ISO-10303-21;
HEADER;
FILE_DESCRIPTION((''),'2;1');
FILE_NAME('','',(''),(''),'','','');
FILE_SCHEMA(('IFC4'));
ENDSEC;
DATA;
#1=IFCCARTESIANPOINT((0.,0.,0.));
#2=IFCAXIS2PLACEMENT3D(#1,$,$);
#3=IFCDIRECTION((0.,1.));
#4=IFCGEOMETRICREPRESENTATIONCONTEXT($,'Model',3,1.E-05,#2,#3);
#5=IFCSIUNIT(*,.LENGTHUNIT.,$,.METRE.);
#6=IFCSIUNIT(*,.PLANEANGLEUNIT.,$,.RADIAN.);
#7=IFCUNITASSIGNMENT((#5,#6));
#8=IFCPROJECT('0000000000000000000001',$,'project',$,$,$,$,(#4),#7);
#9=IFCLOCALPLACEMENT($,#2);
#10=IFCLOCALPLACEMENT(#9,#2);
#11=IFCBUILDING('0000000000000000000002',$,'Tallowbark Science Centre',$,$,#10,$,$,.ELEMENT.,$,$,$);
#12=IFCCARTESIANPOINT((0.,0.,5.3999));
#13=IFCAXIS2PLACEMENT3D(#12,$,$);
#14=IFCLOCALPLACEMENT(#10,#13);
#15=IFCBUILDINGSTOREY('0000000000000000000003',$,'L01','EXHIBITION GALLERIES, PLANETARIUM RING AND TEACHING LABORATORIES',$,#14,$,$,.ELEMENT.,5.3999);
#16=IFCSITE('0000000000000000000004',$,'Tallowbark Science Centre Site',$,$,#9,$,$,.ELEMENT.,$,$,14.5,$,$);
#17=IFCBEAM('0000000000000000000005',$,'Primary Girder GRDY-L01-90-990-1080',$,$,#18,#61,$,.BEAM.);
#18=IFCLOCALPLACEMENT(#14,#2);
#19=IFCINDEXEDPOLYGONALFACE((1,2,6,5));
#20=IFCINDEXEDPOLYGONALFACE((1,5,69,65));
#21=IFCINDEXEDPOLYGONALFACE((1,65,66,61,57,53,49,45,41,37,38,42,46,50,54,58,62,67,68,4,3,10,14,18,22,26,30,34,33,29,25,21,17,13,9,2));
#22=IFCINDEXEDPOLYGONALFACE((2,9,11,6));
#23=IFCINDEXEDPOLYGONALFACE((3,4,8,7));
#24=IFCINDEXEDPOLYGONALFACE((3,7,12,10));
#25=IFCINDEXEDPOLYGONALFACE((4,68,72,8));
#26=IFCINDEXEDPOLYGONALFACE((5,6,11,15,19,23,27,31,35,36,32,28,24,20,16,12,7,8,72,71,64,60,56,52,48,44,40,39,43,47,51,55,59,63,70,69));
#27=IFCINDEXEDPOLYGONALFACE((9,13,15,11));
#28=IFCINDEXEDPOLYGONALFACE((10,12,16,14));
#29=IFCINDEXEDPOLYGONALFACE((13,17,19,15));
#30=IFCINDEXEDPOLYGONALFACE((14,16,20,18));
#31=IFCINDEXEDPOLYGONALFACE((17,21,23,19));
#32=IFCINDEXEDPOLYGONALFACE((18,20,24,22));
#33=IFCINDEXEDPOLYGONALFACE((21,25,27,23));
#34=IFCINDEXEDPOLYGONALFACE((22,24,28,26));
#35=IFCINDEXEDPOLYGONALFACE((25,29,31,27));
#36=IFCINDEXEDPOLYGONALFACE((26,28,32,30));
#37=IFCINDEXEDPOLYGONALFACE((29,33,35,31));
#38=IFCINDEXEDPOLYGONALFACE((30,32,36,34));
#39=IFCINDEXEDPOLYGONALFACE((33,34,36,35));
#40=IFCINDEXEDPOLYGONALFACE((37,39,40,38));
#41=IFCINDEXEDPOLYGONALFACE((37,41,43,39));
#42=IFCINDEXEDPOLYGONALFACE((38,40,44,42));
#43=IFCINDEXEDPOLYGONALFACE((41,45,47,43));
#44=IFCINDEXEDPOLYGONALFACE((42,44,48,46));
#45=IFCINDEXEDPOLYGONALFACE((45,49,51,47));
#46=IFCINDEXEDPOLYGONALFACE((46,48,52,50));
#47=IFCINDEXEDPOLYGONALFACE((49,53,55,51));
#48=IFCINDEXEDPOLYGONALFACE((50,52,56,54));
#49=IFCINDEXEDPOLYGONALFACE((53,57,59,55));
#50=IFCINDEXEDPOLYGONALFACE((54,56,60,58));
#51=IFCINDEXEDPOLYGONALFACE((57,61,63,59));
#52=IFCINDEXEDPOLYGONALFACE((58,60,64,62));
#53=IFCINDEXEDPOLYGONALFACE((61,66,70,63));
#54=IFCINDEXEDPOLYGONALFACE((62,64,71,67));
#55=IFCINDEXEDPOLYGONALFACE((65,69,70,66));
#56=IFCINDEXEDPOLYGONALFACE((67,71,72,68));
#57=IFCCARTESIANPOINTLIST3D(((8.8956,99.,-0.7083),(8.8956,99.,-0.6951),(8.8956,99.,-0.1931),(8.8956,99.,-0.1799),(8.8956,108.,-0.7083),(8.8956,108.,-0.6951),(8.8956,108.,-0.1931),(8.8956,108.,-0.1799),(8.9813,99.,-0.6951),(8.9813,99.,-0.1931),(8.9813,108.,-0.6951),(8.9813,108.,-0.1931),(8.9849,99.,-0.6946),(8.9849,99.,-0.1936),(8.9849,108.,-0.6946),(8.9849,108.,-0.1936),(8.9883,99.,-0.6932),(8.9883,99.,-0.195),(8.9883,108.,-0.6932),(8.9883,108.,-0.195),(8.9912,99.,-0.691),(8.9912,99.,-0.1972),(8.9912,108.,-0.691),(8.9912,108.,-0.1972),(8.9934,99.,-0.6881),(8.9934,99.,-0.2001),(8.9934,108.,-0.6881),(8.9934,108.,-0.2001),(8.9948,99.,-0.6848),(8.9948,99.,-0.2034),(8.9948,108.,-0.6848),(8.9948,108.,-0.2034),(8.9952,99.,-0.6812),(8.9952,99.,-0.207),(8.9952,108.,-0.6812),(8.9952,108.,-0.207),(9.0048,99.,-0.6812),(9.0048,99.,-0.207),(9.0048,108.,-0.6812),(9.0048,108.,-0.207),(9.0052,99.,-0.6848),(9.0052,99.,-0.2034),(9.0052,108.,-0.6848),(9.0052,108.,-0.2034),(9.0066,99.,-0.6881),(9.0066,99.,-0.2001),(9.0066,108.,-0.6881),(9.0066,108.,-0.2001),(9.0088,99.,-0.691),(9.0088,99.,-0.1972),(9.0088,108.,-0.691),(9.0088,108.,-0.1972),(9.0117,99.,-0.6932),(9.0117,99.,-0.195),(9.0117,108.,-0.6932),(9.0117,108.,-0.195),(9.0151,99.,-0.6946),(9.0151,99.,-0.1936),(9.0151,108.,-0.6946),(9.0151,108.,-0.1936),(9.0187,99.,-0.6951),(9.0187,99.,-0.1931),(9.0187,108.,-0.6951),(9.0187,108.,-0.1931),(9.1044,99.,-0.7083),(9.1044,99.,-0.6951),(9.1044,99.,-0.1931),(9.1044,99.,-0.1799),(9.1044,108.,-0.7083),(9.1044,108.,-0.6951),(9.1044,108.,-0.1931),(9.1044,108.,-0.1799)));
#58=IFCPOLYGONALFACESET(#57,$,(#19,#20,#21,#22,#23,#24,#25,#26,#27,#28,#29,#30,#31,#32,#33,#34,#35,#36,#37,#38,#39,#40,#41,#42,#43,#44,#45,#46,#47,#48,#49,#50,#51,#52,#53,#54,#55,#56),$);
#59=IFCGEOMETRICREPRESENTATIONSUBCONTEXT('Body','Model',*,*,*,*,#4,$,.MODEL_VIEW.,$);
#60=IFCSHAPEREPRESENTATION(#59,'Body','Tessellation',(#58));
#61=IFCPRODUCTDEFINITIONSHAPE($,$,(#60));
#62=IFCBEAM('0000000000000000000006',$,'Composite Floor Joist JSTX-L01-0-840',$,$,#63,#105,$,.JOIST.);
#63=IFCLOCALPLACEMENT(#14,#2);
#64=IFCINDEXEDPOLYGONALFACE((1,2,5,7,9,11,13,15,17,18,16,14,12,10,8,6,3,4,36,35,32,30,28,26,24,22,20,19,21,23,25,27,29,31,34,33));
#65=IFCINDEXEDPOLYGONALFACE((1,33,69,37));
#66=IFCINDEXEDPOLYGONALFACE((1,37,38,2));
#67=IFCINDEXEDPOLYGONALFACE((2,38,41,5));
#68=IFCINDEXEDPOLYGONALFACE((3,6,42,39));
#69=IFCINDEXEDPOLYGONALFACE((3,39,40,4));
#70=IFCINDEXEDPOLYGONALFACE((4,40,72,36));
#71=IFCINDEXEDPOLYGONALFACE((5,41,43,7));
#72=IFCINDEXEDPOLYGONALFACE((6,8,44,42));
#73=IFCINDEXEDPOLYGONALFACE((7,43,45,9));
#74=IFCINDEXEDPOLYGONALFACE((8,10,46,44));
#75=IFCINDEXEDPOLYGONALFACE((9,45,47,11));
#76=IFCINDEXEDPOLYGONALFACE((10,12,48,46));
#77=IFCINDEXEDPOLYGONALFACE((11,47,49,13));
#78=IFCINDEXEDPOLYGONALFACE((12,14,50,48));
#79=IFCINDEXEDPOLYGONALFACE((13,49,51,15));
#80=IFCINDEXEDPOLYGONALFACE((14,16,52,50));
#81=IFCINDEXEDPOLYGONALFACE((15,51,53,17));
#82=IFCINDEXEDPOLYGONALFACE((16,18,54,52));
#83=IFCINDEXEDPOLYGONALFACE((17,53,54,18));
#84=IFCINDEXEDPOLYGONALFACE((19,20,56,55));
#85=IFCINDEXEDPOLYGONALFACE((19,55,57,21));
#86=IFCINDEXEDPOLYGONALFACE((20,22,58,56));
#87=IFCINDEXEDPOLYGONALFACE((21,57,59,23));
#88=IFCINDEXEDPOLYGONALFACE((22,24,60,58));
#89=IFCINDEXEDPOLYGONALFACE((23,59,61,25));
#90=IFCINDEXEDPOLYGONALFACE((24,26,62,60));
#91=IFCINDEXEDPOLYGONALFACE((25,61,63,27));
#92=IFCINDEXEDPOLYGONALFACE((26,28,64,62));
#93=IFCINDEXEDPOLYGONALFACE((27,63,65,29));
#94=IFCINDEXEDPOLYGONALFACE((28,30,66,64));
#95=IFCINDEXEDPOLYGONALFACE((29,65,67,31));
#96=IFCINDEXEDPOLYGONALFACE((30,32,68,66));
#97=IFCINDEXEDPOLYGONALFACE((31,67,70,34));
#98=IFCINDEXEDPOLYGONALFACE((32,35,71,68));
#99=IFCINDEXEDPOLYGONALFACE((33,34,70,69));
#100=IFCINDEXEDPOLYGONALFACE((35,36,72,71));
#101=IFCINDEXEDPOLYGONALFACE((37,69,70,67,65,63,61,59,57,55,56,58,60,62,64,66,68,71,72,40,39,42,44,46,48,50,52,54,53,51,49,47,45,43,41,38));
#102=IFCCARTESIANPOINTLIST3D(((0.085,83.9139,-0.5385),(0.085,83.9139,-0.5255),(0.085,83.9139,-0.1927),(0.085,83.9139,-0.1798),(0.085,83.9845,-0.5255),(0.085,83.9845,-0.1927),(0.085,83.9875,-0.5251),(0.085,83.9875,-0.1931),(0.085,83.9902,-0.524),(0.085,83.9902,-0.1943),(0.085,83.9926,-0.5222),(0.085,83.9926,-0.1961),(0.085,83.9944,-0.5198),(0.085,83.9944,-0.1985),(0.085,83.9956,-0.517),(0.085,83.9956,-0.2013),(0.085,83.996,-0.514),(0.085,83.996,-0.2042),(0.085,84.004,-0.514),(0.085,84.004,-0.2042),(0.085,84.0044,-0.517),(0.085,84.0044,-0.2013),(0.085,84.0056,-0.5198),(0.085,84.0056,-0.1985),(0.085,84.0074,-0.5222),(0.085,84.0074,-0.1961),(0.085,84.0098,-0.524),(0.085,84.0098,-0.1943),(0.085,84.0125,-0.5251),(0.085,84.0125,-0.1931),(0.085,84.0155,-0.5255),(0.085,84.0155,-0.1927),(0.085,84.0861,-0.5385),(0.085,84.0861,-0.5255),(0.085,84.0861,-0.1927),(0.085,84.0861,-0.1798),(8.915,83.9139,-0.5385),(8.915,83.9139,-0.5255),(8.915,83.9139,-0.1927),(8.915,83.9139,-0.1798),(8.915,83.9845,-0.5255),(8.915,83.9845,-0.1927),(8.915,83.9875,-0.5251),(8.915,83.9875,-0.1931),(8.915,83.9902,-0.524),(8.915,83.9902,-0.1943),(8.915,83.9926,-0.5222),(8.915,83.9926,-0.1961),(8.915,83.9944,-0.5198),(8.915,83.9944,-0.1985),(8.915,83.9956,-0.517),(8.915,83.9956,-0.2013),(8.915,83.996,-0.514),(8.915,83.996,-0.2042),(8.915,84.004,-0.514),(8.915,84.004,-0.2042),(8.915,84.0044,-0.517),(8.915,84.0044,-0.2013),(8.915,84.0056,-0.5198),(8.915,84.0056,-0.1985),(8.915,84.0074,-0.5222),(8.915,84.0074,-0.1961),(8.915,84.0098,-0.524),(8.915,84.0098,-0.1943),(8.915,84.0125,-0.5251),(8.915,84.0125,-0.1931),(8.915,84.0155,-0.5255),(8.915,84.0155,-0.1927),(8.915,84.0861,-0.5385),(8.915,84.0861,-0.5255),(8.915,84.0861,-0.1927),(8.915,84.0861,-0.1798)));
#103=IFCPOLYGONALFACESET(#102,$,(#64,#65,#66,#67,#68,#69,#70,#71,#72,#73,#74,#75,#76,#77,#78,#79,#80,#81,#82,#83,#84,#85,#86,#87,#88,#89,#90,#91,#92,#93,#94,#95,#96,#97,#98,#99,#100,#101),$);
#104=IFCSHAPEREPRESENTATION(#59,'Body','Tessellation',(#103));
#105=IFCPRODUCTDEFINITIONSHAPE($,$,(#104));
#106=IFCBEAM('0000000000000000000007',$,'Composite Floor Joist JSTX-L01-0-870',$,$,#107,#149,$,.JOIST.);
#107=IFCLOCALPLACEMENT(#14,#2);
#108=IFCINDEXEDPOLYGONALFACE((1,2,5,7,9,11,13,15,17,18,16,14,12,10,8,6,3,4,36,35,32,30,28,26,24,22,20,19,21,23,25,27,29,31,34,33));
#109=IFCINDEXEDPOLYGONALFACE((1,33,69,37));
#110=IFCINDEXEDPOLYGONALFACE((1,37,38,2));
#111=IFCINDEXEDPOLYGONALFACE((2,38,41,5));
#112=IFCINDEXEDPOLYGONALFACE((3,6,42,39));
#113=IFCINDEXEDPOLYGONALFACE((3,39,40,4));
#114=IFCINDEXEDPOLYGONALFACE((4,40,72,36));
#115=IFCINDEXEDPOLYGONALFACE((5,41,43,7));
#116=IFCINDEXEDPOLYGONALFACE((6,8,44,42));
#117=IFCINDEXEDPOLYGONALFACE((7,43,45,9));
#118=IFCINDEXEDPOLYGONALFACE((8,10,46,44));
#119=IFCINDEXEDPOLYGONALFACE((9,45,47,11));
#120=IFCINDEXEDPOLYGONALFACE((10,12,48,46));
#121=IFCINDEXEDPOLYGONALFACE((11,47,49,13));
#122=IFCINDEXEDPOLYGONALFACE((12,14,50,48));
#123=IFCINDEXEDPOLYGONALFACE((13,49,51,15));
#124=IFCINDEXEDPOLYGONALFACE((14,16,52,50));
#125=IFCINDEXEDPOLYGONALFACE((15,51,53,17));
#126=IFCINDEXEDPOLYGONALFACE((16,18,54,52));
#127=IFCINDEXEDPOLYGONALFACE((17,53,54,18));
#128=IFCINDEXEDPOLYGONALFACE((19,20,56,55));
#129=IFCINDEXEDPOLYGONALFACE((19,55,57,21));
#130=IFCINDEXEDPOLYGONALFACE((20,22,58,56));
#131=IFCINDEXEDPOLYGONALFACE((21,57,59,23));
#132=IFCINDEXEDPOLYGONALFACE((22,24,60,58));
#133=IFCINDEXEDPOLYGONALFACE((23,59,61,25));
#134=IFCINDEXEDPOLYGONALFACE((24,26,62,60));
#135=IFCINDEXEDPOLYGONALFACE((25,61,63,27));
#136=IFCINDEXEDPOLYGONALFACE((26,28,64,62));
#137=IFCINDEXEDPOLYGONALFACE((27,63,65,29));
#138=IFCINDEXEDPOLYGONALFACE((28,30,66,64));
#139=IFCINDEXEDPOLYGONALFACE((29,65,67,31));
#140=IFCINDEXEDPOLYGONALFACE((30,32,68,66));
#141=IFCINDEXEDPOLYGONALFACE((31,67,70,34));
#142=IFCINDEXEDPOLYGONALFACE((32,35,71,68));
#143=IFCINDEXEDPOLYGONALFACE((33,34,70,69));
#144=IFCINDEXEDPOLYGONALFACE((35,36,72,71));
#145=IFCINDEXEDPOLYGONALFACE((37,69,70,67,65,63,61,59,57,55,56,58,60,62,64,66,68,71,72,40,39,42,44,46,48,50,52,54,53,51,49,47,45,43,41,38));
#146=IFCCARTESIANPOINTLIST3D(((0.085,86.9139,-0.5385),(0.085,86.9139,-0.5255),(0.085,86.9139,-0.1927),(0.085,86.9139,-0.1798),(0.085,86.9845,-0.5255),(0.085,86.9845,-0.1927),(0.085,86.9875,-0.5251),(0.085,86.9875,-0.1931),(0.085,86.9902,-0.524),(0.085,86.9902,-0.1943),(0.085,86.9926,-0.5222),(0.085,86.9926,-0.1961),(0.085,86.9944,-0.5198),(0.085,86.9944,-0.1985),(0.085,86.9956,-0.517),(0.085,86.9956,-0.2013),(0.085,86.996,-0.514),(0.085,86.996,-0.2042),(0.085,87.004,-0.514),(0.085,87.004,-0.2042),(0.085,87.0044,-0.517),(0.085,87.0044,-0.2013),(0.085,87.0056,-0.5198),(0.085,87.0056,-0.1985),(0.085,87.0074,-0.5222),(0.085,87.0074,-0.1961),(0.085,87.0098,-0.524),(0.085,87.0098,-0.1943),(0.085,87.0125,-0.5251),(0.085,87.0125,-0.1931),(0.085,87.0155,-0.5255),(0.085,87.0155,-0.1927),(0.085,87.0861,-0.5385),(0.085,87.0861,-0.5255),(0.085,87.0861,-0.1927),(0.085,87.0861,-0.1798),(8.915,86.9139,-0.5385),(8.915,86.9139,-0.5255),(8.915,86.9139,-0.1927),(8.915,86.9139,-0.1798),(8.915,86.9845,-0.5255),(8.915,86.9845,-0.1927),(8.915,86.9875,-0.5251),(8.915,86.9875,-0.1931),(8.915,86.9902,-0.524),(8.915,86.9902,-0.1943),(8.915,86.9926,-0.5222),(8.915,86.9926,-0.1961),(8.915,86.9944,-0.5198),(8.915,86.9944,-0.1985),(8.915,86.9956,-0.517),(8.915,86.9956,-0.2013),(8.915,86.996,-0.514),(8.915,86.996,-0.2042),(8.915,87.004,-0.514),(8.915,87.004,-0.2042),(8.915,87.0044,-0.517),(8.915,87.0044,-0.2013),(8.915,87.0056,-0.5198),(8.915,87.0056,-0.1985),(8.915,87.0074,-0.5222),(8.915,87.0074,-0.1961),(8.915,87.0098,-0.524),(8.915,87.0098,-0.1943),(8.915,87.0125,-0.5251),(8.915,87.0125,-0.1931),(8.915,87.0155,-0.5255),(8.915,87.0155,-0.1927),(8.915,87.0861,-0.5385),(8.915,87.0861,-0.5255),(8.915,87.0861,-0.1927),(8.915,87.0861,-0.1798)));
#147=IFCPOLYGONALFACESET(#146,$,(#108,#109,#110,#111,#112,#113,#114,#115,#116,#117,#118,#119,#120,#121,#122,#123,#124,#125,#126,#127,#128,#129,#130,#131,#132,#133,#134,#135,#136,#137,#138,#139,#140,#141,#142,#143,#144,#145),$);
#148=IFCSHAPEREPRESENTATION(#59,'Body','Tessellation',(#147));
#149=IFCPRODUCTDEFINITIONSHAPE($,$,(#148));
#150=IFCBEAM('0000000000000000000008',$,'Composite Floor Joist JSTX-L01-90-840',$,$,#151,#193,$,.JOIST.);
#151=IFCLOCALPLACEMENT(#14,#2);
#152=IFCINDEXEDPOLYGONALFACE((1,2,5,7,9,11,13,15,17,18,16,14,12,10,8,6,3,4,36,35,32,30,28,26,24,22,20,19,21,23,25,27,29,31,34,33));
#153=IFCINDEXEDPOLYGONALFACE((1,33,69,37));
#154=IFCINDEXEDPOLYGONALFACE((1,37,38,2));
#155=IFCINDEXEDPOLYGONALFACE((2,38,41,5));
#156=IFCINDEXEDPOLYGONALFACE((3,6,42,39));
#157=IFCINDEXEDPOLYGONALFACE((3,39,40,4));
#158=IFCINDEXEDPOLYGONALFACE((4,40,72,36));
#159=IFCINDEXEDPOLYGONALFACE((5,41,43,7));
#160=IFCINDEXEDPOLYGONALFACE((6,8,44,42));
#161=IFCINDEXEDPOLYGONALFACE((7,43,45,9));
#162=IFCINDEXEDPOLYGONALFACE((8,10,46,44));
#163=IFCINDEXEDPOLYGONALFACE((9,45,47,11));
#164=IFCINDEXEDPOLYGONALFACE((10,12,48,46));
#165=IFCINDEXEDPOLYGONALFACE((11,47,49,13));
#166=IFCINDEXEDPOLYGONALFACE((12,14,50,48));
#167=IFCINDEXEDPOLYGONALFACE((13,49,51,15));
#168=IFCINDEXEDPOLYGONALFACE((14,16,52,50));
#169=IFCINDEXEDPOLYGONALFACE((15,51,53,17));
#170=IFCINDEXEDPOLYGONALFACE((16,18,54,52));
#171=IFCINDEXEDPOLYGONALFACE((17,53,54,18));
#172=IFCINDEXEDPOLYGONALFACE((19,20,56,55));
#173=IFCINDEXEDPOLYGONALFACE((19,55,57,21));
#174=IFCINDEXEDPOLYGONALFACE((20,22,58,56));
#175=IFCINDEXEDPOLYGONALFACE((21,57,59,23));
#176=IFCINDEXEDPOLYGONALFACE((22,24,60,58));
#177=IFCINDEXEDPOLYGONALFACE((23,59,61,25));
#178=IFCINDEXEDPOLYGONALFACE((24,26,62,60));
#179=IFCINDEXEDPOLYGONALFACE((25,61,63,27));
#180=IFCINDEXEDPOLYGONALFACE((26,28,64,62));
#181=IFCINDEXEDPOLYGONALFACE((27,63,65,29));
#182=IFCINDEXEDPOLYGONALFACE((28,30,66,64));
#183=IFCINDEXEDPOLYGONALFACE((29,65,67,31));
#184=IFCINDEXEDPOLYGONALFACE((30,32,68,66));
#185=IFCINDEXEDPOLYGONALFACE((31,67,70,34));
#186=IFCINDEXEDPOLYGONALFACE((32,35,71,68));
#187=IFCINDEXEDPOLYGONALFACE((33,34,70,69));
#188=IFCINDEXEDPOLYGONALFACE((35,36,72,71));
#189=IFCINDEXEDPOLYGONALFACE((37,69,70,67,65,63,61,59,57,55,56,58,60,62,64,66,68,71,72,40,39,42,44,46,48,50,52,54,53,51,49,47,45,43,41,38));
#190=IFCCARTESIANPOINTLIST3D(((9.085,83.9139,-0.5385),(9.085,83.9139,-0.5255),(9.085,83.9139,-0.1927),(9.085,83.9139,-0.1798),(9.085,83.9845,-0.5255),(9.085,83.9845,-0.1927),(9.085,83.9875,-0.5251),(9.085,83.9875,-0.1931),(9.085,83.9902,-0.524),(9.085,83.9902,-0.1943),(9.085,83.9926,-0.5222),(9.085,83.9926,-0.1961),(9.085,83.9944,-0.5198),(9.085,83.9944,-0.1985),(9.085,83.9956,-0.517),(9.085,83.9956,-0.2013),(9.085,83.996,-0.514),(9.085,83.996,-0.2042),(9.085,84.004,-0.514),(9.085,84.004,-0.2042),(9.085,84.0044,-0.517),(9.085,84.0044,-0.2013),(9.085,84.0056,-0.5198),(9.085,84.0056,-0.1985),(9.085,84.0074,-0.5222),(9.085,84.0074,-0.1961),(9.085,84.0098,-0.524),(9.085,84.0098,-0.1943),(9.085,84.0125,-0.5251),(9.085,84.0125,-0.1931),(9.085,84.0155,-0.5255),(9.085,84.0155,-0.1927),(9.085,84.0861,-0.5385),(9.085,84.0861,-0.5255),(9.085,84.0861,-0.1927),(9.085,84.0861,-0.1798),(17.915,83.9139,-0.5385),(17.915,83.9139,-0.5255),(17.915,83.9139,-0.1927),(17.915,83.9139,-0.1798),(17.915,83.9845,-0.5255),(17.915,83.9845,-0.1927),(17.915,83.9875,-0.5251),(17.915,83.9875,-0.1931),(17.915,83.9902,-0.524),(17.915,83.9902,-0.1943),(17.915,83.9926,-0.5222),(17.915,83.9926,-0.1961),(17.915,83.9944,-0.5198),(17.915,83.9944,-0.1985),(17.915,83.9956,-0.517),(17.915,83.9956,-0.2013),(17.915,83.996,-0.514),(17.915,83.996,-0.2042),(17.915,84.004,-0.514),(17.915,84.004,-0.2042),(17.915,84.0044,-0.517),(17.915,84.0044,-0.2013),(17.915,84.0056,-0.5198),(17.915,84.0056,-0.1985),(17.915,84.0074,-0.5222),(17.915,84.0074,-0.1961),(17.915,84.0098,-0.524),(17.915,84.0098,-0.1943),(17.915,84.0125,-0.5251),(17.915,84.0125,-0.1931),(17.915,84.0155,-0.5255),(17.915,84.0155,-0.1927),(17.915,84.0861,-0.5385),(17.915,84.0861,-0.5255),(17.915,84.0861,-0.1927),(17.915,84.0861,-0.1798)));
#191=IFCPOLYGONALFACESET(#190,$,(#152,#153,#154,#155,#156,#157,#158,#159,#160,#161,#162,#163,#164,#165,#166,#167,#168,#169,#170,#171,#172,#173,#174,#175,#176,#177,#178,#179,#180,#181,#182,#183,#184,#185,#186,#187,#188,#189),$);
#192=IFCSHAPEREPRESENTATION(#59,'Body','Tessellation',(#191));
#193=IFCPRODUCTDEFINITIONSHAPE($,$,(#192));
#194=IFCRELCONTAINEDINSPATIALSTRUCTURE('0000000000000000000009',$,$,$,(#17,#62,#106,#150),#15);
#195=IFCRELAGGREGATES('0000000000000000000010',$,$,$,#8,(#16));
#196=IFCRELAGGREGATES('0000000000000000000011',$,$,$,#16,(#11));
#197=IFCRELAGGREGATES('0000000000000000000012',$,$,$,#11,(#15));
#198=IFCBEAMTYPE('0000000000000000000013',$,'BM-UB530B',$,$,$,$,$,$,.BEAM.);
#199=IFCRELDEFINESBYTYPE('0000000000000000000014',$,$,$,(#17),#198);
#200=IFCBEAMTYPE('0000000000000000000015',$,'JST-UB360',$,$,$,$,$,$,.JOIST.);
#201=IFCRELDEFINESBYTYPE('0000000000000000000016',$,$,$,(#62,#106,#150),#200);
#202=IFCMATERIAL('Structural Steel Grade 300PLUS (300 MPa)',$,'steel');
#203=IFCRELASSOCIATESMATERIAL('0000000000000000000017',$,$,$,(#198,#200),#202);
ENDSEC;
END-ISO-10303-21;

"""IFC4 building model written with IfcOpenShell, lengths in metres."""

from ifc_helpers import new_model, si_unit, direction, frame, origin, origin_2d, place, context, subcontext, project, spatial, i_section, extrude, material, material_profile, profile_set, type_object, element, save


model = new_model("IFC4")

# Units and contexts
model_context = context("Model", 3, precision=1e-05, world=origin(), true_north=direction((0.0, 1.0)))
body_context = subcontext(model_context, "Body", "Model", "MODEL_VIEW")
ifc_project = project(units=[si_unit("LENGTHUNIT", "METRE"), si_unit("PLANEANGLEUNIT", "RADIAN")], contexts=[model_context])

# Site, building, storey
site_placement = place(None, origin())
site = spatial("IfcSite", under=ifc_project, at=site_placement, Name="Tallowbark Science Centre Site", CompositionType="ELEMENT", RefElevation=14.5)
building_placement = place(site_placement, origin())
building = spatial("IfcBuilding", under=site, at=building_placement, Name="Tallowbark Science Centre", CompositionType="ELEMENT")
storey_placement = place(building_placement, frame((0.0, 0.0, 5.3999)))
storey = spatial("IfcBuildingStorey", under=building, at=storey_placement, Name="L01", Description="EXHIBITION GALLERIES, PLANETARIUM RING AND TEACHING LABORATORIES", CompositionType="ELEMENT", Elevation=5.3999)

# Beams
ifc_material = material(Name="Structural Steel Grade 300PLUS (300 MPa)", Category="steel")
ifc_material_profile_1 = material_profile(ifc_material, i_section(OverallWidth=0.2087, OverallDepth=0.5283, WebThickness=0.0095, FlangeThickness=0.0132, FilletRadius=0.0139, at=origin_2d()), Name="530UB82.0")
ifc_profile_set_1 = profile_set([ifc_material_profile_1], Name="Structural Steel Grade 300PLUS (300 MPa)")
beam_type_1 = type_object("IfcBeamType", Name="BM-UB530B", PredefinedType="BEAM", material=ifc_profile_set_1)
for number, where, z_axis, x_axis, name in (
    (1, (9.0, 99.0, -0.4441), (0.0, 1.0, 0.0), (-1.0, 0.0, 0.0), "Primary Girder GRDY-L01-90-990-1080"),
):
    element("IfcBeam", number, at=place(storey_placement, frame(where, z_axis=z_axis, x_axis=x_axis)), inside=storey, type_object=beam_type_1, Name=name, PredefinedType="BEAM", context=body_context, shape_type="SweptSolid", body=[
        extrude(i_section(OverallWidth=0.2087, OverallDepth=0.5283, WebThickness=0.0095, FlangeThickness=0.0132, FilletRadius=0.0139, at=origin_2d()), origin(), (0.0, 0.0, 1.0), 9.0),
    ])
ifc_material_profile_2 = material_profile(ifc_material, i_section(OverallWidth=0.1721, OverallDepth=0.3586, WebThickness=0.0081, FlangeThickness=0.0129, FilletRadius=0.0115, at=origin_2d()), Name="360UB56.7")
ifc_profile_set_2 = profile_set([ifc_material_profile_2], Name="Structural Steel Grade 300PLUS (300 MPa)")
beam_type_2 = type_object("IfcBeamType", Name="JST-UB360", PredefinedType="JOIST", material=ifc_profile_set_2)
for number, where, z_axis, x_axis, name in (
    (2, (0.085, 84.0, -0.3591), (1.0, 0.0, 0.0), (0.0, 1.0, 0.0), "Composite Floor Joist JSTX-L01-0-840"),
    (3, (0.085, 87.0, -0.3591), (1.0, 0.0, 0.0), (0.0, 1.0, 0.0), "Composite Floor Joist JSTX-L01-0-870"),
    (4, (9.085, 84.0, -0.3591), (1.0, 0.0, 0.0), (0.0, 1.0, 0.0), "Composite Floor Joist JSTX-L01-90-840"),
):
    element("IfcBeam", number, at=place(storey_placement, frame(where, z_axis=z_axis, x_axis=x_axis)), inside=storey, type_object=beam_type_2, Name=name, PredefinedType="JOIST", context=body_context, shape_type="SweptSolid", body=[
        extrude(i_section(OverallWidth=0.1721, OverallDepth=0.3586, WebThickness=0.0081, FlangeThickness=0.0129, FilletRadius=0.0115, at=origin_2d()), origin(), (0.0, 0.0, 1.0), 8.8301),
    ])

save(model, "model.ifc")
